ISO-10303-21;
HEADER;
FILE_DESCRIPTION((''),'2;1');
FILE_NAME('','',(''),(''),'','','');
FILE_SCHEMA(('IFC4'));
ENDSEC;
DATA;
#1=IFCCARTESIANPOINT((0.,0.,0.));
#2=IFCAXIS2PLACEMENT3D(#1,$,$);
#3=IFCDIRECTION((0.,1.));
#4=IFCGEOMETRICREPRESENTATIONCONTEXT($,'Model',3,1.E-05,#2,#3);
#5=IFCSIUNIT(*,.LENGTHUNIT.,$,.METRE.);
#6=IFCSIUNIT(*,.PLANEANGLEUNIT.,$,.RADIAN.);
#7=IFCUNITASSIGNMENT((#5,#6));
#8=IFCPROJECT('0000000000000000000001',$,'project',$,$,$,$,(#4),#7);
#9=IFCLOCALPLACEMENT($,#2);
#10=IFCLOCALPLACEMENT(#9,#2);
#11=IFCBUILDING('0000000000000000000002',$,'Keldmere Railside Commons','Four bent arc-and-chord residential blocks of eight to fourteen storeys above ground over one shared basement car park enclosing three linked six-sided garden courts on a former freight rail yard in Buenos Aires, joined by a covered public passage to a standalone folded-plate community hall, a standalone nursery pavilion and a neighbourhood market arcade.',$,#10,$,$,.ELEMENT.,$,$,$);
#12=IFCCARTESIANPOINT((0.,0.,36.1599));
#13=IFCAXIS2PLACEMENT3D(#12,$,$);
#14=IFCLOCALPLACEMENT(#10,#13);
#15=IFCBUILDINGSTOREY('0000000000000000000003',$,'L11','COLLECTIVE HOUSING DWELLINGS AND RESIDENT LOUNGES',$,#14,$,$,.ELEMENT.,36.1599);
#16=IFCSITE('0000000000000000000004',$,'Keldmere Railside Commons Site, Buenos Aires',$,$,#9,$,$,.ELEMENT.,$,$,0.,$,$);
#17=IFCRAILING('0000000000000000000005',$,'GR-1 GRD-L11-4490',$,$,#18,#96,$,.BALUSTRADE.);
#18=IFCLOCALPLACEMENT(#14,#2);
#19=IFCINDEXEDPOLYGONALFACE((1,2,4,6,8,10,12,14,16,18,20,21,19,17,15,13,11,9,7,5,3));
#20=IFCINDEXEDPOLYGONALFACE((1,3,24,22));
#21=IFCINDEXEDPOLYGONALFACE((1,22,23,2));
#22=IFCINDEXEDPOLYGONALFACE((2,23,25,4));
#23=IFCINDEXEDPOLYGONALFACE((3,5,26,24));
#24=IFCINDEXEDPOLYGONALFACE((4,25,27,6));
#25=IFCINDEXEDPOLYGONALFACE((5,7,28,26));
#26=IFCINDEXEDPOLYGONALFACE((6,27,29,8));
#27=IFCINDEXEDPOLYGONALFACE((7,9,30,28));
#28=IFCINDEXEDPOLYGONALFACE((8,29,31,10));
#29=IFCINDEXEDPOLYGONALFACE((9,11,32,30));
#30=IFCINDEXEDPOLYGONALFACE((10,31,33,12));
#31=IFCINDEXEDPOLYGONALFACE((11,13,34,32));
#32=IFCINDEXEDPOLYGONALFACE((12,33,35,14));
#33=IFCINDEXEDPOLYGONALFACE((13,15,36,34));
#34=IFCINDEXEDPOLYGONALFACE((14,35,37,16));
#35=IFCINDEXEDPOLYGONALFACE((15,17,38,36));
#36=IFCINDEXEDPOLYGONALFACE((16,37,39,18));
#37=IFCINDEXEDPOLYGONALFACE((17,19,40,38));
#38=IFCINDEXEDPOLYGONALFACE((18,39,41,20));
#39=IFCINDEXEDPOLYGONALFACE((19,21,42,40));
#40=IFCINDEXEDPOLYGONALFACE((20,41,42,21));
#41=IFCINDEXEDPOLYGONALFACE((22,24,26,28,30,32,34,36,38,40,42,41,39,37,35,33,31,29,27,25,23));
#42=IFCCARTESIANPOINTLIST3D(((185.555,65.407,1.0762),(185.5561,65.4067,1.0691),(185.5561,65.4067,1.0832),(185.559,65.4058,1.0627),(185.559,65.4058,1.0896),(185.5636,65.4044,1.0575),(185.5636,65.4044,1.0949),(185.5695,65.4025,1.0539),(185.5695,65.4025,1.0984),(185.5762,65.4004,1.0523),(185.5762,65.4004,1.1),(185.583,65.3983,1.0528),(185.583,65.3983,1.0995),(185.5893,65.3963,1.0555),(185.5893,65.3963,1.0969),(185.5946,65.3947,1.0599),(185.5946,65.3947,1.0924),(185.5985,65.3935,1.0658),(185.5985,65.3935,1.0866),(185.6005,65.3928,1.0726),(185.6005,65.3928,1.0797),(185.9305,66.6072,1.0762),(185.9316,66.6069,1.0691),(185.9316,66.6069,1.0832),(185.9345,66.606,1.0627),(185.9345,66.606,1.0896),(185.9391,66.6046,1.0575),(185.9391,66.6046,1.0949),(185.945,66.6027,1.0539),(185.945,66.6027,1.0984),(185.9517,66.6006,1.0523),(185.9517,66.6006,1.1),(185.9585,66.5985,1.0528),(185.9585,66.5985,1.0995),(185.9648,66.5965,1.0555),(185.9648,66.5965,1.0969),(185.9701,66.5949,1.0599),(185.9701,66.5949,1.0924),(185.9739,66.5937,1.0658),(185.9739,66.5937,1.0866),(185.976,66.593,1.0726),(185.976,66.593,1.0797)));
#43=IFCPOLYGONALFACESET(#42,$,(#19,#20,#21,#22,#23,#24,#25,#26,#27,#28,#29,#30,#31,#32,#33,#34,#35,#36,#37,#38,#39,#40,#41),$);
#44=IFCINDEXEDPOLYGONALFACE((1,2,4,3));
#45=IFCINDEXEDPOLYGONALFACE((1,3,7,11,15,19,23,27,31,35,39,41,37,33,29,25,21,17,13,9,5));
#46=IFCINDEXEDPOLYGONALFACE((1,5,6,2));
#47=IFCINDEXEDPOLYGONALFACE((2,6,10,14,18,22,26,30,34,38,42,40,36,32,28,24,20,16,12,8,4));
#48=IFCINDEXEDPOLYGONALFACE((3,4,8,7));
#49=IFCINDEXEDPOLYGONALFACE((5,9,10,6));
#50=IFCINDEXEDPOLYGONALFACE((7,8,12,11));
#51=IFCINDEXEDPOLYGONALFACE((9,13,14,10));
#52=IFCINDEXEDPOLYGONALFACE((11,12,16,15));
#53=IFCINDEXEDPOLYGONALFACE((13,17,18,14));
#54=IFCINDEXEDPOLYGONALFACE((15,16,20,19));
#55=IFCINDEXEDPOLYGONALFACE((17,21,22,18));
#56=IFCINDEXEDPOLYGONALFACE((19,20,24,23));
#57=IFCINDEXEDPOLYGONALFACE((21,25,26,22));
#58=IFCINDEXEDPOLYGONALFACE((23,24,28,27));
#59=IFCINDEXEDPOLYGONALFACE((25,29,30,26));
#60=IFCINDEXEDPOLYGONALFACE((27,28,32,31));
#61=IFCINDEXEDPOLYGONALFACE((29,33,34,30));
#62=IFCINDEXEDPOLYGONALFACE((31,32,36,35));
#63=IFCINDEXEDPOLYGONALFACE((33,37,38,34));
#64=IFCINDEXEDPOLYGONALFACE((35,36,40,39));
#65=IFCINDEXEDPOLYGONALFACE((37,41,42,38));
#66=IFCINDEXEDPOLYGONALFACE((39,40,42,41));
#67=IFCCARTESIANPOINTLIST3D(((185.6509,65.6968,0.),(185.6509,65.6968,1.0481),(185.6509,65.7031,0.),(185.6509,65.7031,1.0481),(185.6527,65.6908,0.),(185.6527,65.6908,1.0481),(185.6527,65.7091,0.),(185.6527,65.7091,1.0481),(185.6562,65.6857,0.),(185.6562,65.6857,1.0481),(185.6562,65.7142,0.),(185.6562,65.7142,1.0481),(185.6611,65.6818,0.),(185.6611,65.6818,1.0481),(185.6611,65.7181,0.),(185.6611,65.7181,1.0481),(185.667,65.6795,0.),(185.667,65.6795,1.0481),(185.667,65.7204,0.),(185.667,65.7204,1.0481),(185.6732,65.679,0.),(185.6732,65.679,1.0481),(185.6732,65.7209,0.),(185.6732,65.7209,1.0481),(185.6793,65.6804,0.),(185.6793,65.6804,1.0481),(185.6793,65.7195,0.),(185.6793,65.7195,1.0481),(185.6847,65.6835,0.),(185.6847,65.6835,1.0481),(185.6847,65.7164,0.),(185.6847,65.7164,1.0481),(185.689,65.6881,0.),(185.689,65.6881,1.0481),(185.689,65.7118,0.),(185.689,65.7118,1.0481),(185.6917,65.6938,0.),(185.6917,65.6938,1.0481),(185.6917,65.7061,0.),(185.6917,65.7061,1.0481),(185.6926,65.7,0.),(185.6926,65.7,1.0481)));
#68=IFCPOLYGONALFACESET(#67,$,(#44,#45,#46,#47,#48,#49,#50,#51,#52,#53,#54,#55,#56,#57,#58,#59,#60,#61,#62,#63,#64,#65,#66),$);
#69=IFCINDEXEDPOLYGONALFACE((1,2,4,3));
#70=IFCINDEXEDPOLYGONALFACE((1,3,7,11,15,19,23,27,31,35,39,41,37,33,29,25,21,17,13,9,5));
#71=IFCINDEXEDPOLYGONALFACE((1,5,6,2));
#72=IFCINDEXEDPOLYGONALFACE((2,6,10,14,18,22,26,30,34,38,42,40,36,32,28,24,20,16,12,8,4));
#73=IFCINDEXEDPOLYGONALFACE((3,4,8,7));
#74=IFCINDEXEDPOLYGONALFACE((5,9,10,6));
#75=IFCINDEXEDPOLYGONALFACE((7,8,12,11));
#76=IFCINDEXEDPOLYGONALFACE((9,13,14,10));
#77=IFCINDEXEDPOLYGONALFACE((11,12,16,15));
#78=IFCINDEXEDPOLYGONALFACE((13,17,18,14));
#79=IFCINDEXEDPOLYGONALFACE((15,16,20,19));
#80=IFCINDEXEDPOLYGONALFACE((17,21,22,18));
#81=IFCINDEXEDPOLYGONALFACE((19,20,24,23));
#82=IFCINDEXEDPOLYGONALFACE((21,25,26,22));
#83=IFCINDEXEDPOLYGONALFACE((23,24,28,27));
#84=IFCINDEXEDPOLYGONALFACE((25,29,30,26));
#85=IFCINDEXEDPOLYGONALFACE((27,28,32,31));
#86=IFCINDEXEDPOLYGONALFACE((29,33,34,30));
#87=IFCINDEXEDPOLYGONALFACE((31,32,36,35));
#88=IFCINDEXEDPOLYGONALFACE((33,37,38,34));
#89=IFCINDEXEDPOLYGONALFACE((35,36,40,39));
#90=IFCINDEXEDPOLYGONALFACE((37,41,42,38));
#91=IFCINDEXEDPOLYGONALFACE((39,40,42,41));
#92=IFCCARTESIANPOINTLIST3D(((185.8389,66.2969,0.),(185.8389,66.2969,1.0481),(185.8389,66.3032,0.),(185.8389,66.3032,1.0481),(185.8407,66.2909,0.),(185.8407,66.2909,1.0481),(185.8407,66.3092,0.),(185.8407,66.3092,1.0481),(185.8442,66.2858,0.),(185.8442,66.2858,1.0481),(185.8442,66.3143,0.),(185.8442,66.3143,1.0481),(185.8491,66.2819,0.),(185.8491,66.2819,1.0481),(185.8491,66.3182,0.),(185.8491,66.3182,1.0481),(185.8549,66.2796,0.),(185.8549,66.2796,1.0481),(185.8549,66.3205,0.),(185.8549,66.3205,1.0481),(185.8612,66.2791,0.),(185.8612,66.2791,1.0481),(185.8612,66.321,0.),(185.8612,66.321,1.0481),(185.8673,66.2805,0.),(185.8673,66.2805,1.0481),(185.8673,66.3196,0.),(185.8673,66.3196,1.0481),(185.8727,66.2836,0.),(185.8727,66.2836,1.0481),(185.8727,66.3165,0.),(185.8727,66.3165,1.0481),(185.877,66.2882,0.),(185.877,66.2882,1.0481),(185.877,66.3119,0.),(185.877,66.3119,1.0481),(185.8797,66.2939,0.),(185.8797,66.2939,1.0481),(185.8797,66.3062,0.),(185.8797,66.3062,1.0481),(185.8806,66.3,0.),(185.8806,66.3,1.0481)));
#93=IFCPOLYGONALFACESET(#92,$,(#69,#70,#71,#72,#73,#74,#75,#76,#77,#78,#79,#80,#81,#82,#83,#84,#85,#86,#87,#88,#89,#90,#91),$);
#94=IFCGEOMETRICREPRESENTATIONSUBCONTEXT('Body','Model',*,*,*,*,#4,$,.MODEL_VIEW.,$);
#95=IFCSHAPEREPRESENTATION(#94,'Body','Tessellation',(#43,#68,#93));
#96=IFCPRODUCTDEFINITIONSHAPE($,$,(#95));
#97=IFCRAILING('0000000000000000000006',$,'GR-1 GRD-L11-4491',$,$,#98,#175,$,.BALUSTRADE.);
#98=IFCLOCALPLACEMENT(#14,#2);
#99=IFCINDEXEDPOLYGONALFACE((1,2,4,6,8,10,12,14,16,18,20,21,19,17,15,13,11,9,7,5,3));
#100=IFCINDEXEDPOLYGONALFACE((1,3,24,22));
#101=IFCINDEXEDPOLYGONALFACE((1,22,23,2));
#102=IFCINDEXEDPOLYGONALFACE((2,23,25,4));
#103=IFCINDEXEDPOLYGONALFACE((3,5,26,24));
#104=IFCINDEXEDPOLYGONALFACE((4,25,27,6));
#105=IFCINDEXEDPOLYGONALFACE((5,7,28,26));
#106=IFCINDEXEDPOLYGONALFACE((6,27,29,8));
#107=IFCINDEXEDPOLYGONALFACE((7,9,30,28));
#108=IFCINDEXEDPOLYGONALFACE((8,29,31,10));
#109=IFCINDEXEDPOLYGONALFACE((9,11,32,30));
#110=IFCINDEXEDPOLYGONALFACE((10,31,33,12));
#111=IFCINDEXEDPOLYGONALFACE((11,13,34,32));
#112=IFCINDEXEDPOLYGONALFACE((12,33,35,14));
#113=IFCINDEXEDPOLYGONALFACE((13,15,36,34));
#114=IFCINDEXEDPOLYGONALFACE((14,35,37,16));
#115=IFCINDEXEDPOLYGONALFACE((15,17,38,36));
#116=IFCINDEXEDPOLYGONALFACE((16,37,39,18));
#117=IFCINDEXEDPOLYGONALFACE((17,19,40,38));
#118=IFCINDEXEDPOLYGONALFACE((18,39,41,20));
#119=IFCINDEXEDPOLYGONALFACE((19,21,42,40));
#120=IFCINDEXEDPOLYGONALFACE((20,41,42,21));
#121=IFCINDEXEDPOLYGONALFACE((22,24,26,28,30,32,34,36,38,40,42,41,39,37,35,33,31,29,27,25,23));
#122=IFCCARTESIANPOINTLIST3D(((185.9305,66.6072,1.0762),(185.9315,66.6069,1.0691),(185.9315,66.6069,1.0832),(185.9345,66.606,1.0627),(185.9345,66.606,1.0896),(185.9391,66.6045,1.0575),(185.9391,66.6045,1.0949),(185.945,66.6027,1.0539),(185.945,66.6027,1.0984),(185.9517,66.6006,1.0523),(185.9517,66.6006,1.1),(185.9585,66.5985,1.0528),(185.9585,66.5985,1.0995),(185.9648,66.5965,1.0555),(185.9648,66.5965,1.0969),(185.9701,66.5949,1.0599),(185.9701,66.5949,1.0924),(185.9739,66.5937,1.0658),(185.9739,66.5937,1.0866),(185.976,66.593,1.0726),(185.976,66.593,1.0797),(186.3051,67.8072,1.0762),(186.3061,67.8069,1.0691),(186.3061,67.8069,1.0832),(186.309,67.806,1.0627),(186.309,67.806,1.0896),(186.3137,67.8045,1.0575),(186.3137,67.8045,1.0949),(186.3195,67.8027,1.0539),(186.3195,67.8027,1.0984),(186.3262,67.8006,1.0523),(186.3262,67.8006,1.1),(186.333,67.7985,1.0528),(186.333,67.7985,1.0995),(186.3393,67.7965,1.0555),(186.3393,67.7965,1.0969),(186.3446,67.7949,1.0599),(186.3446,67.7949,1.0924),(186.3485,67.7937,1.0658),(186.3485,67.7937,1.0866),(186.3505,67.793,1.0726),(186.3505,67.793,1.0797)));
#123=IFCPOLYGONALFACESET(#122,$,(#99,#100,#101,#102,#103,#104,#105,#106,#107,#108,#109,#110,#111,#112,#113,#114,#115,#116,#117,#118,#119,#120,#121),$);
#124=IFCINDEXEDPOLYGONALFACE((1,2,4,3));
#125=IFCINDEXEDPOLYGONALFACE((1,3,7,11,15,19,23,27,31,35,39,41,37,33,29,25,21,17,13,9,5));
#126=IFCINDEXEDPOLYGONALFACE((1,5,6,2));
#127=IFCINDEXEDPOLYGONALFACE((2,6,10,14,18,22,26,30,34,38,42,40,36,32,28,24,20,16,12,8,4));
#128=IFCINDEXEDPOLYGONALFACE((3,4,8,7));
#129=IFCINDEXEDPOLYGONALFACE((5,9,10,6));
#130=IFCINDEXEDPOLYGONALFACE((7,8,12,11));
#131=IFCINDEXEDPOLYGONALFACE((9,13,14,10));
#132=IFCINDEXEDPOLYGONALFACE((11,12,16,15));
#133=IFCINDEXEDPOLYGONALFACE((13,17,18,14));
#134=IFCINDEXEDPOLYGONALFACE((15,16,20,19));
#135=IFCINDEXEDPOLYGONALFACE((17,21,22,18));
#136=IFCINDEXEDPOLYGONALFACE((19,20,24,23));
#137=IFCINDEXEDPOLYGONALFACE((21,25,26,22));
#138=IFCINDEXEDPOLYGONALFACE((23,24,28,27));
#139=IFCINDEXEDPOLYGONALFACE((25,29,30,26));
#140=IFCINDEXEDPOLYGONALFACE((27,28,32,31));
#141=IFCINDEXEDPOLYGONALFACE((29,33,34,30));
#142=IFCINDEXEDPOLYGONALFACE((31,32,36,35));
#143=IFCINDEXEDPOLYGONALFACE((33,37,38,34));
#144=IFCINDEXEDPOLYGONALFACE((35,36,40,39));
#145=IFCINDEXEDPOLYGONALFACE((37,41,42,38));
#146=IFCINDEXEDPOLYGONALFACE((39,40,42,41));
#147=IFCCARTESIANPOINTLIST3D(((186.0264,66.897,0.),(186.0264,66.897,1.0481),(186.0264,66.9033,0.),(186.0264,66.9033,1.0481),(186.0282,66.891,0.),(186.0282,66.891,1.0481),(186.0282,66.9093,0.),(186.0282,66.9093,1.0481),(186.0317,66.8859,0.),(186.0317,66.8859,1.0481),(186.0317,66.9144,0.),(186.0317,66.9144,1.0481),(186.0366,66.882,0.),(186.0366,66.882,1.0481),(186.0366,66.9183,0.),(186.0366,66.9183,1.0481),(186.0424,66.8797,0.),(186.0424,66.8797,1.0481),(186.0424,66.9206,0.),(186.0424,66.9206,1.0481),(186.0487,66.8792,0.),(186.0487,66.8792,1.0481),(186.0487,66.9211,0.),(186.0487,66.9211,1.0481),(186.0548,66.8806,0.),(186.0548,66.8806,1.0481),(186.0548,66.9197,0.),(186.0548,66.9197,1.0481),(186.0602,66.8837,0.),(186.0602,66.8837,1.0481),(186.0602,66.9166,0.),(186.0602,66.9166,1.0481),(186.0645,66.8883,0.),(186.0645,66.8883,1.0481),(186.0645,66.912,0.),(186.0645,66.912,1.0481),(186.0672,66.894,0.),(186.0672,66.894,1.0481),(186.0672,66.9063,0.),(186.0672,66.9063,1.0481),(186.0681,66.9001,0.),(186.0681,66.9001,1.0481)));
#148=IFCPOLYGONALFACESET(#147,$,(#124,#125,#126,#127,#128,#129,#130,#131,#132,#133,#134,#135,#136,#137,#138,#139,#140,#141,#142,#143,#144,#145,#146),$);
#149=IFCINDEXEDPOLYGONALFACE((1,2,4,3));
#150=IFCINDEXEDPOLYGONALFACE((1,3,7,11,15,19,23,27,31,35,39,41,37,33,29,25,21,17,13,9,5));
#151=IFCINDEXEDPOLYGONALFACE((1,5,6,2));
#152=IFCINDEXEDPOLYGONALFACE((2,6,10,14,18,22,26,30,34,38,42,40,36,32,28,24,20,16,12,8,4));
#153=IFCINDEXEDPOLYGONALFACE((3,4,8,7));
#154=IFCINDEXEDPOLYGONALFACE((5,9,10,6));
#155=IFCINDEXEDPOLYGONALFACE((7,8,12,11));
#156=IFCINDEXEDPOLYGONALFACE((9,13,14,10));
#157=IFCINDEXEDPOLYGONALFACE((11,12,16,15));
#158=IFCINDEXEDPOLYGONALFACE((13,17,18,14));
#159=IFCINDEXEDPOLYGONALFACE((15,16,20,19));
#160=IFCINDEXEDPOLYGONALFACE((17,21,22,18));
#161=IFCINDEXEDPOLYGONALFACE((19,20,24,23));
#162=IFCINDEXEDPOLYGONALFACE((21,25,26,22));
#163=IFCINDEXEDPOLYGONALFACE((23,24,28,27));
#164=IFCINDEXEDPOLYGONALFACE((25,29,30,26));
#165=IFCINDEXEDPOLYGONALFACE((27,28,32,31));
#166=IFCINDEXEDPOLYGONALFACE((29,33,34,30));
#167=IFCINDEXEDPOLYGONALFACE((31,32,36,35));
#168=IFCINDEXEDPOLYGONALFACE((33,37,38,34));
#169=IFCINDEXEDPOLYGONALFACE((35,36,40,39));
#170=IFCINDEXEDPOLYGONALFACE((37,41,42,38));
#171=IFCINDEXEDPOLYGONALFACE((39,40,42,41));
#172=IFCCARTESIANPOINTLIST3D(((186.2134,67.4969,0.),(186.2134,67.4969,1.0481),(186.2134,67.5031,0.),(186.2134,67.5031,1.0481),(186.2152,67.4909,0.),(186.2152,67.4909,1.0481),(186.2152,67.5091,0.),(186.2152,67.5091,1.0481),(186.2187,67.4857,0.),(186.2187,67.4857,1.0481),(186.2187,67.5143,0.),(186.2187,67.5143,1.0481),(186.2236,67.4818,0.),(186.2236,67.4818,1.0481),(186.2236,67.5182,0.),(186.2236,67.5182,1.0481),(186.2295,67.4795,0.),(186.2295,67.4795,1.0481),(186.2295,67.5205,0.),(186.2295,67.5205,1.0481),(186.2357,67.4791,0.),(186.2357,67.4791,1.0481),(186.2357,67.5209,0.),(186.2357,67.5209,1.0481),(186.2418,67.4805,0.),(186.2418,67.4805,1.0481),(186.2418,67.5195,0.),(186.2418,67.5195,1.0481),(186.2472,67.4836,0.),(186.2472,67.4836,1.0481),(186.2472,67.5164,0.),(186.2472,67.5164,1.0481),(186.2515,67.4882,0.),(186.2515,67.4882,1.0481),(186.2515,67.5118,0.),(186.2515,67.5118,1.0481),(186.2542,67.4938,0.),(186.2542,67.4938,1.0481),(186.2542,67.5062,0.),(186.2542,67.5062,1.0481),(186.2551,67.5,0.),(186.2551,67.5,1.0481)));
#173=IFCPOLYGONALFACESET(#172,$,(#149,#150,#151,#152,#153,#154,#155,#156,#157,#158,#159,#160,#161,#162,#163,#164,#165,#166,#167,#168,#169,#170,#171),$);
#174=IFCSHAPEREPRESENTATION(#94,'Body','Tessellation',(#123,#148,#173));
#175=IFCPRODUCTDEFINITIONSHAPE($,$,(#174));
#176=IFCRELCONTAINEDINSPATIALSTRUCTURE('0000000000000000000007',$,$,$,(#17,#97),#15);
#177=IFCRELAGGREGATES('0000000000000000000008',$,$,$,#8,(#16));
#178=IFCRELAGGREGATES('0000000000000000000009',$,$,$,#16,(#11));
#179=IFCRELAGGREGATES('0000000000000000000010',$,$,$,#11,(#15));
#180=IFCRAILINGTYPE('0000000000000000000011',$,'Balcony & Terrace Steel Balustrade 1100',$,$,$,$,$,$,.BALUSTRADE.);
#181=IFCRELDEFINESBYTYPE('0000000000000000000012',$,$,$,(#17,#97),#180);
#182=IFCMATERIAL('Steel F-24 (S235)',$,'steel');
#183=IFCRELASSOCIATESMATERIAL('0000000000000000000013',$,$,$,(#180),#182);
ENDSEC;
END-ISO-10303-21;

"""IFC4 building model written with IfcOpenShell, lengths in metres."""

from ifc_helpers import new_model, si_unit, direction, frame, origin, origin_2d, place, context, subcontext, project, spatial, circle, extrude, material, type_object, element, save


model = new_model("IFC4")

# Units and contexts
model_context = context("Model", 3, precision=1e-05, world=origin(), true_north=direction((0.0, 1.0)))
body_context = subcontext(model_context, "Body", "Model", "MODEL_VIEW")
ifc_project = project(units=[si_unit("LENGTHUNIT", "METRE"), si_unit("PLANEANGLEUNIT", "RADIAN")], contexts=[model_context])

# Site, building, storey
site_placement = place(None, origin())
site = spatial("IfcSite", under=ifc_project, at=site_placement, Name="Keldmere Railside Commons Site, Buenos Aires", CompositionType="ELEMENT", RefElevation=0.0)
building_placement = place(site_placement, origin())
building = spatial("IfcBuilding", under=site, at=building_placement, Name="Keldmere Railside Commons", Description="Four bent arc-and-chord residential blocks of eight to fourteen storeys above ground over one shared basement car park enclosing three linked six-sided garden courts on a former freight rail yard in Buenos Aires, joined by a covered public passage to a standalone folded-plate community hall, a standalone nursery pavilion and a neighbourhood market arcade.", CompositionType="ELEMENT")
storey_placement = place(building_placement, frame((0.0, 0.0, 36.1599)))
storey = spatial("IfcBuildingStorey", under=building, at=storey_placement, Name="L11", Description="COLLECTIVE HOUSING DWELLINGS AND RESIDENT LOUNGES", CompositionType="ELEMENT", Elevation=36.1599)

# Railings
ifc_material_1 = material(Name="Steel F-24 (S235)", Category="steel")
railing_type_1 = type_object("IfcRailingType", Name="Balcony & Terrace Steel Balustrade 1100", PredefinedType="BALUSTRADE", material=ifc_material_1)
railing_1_placement = place(storey_placement, frame((185.5779, 65.3999, 0.0)))
element("IfcRailing", 1, at=railing_1_placement, inside=storey, type_object=railing_type_1, Name="GR-1 GRD-L11-4490", PredefinedType="BALUSTRADE", context=body_context, shape_type="SweptSolid", body=[
    extrude(circle(Radius=0.0239, at=origin_2d()), frame((0.0, 0.0, 1.0762), z_axis=(0.298584, 0.954383, 0.0), x_axis=(-0.954383, 0.298584, 0.0)), (0.0, 0.0, 1.0), 1.2576),
    extrude(circle(Radius=0.021, at=origin_2d()), frame((0.0938, 0.3, 0.0)), (0.0, 0.0, 1.0), 1.0481),
    extrude(circle(Radius=0.021, at=origin_2d()), frame((0.2817, 0.9001, 0.0)), (0.0, 0.0, 1.0), 1.0481),
])
railing_2_placement = place(storey_placement, frame((185.9534, 66.6001, 0.0)))
element("IfcRailing", 2, at=railing_2_placement, inside=storey, type_object=railing_type_1, Name="GR-1 GRD-L11-4491", PredefinedType="BALUSTRADE", context=body_context, shape_type="SweptSolid", body=[
    extrude(circle(Radius=0.0239, at=origin_2d()), frame((0.0, 0.0, 1.0762), z_axis=(0.297932, 0.954587, 0.0), x_axis=(-0.954587, 0.297932, 0.0)), (0.0, 0.0, 1.0), 1.2571),
    extrude(circle(Radius=0.021, at=origin_2d()), frame((0.0938, 0.3, 0.0)), (0.0, 0.0, 1.0), 1.0481),
    extrude(circle(Radius=0.021, at=origin_2d()), frame((0.2808, 0.8999, 0.0)), (0.0, 0.0, 1.0), 1.0481),
])

save(model, "model.ifc")
